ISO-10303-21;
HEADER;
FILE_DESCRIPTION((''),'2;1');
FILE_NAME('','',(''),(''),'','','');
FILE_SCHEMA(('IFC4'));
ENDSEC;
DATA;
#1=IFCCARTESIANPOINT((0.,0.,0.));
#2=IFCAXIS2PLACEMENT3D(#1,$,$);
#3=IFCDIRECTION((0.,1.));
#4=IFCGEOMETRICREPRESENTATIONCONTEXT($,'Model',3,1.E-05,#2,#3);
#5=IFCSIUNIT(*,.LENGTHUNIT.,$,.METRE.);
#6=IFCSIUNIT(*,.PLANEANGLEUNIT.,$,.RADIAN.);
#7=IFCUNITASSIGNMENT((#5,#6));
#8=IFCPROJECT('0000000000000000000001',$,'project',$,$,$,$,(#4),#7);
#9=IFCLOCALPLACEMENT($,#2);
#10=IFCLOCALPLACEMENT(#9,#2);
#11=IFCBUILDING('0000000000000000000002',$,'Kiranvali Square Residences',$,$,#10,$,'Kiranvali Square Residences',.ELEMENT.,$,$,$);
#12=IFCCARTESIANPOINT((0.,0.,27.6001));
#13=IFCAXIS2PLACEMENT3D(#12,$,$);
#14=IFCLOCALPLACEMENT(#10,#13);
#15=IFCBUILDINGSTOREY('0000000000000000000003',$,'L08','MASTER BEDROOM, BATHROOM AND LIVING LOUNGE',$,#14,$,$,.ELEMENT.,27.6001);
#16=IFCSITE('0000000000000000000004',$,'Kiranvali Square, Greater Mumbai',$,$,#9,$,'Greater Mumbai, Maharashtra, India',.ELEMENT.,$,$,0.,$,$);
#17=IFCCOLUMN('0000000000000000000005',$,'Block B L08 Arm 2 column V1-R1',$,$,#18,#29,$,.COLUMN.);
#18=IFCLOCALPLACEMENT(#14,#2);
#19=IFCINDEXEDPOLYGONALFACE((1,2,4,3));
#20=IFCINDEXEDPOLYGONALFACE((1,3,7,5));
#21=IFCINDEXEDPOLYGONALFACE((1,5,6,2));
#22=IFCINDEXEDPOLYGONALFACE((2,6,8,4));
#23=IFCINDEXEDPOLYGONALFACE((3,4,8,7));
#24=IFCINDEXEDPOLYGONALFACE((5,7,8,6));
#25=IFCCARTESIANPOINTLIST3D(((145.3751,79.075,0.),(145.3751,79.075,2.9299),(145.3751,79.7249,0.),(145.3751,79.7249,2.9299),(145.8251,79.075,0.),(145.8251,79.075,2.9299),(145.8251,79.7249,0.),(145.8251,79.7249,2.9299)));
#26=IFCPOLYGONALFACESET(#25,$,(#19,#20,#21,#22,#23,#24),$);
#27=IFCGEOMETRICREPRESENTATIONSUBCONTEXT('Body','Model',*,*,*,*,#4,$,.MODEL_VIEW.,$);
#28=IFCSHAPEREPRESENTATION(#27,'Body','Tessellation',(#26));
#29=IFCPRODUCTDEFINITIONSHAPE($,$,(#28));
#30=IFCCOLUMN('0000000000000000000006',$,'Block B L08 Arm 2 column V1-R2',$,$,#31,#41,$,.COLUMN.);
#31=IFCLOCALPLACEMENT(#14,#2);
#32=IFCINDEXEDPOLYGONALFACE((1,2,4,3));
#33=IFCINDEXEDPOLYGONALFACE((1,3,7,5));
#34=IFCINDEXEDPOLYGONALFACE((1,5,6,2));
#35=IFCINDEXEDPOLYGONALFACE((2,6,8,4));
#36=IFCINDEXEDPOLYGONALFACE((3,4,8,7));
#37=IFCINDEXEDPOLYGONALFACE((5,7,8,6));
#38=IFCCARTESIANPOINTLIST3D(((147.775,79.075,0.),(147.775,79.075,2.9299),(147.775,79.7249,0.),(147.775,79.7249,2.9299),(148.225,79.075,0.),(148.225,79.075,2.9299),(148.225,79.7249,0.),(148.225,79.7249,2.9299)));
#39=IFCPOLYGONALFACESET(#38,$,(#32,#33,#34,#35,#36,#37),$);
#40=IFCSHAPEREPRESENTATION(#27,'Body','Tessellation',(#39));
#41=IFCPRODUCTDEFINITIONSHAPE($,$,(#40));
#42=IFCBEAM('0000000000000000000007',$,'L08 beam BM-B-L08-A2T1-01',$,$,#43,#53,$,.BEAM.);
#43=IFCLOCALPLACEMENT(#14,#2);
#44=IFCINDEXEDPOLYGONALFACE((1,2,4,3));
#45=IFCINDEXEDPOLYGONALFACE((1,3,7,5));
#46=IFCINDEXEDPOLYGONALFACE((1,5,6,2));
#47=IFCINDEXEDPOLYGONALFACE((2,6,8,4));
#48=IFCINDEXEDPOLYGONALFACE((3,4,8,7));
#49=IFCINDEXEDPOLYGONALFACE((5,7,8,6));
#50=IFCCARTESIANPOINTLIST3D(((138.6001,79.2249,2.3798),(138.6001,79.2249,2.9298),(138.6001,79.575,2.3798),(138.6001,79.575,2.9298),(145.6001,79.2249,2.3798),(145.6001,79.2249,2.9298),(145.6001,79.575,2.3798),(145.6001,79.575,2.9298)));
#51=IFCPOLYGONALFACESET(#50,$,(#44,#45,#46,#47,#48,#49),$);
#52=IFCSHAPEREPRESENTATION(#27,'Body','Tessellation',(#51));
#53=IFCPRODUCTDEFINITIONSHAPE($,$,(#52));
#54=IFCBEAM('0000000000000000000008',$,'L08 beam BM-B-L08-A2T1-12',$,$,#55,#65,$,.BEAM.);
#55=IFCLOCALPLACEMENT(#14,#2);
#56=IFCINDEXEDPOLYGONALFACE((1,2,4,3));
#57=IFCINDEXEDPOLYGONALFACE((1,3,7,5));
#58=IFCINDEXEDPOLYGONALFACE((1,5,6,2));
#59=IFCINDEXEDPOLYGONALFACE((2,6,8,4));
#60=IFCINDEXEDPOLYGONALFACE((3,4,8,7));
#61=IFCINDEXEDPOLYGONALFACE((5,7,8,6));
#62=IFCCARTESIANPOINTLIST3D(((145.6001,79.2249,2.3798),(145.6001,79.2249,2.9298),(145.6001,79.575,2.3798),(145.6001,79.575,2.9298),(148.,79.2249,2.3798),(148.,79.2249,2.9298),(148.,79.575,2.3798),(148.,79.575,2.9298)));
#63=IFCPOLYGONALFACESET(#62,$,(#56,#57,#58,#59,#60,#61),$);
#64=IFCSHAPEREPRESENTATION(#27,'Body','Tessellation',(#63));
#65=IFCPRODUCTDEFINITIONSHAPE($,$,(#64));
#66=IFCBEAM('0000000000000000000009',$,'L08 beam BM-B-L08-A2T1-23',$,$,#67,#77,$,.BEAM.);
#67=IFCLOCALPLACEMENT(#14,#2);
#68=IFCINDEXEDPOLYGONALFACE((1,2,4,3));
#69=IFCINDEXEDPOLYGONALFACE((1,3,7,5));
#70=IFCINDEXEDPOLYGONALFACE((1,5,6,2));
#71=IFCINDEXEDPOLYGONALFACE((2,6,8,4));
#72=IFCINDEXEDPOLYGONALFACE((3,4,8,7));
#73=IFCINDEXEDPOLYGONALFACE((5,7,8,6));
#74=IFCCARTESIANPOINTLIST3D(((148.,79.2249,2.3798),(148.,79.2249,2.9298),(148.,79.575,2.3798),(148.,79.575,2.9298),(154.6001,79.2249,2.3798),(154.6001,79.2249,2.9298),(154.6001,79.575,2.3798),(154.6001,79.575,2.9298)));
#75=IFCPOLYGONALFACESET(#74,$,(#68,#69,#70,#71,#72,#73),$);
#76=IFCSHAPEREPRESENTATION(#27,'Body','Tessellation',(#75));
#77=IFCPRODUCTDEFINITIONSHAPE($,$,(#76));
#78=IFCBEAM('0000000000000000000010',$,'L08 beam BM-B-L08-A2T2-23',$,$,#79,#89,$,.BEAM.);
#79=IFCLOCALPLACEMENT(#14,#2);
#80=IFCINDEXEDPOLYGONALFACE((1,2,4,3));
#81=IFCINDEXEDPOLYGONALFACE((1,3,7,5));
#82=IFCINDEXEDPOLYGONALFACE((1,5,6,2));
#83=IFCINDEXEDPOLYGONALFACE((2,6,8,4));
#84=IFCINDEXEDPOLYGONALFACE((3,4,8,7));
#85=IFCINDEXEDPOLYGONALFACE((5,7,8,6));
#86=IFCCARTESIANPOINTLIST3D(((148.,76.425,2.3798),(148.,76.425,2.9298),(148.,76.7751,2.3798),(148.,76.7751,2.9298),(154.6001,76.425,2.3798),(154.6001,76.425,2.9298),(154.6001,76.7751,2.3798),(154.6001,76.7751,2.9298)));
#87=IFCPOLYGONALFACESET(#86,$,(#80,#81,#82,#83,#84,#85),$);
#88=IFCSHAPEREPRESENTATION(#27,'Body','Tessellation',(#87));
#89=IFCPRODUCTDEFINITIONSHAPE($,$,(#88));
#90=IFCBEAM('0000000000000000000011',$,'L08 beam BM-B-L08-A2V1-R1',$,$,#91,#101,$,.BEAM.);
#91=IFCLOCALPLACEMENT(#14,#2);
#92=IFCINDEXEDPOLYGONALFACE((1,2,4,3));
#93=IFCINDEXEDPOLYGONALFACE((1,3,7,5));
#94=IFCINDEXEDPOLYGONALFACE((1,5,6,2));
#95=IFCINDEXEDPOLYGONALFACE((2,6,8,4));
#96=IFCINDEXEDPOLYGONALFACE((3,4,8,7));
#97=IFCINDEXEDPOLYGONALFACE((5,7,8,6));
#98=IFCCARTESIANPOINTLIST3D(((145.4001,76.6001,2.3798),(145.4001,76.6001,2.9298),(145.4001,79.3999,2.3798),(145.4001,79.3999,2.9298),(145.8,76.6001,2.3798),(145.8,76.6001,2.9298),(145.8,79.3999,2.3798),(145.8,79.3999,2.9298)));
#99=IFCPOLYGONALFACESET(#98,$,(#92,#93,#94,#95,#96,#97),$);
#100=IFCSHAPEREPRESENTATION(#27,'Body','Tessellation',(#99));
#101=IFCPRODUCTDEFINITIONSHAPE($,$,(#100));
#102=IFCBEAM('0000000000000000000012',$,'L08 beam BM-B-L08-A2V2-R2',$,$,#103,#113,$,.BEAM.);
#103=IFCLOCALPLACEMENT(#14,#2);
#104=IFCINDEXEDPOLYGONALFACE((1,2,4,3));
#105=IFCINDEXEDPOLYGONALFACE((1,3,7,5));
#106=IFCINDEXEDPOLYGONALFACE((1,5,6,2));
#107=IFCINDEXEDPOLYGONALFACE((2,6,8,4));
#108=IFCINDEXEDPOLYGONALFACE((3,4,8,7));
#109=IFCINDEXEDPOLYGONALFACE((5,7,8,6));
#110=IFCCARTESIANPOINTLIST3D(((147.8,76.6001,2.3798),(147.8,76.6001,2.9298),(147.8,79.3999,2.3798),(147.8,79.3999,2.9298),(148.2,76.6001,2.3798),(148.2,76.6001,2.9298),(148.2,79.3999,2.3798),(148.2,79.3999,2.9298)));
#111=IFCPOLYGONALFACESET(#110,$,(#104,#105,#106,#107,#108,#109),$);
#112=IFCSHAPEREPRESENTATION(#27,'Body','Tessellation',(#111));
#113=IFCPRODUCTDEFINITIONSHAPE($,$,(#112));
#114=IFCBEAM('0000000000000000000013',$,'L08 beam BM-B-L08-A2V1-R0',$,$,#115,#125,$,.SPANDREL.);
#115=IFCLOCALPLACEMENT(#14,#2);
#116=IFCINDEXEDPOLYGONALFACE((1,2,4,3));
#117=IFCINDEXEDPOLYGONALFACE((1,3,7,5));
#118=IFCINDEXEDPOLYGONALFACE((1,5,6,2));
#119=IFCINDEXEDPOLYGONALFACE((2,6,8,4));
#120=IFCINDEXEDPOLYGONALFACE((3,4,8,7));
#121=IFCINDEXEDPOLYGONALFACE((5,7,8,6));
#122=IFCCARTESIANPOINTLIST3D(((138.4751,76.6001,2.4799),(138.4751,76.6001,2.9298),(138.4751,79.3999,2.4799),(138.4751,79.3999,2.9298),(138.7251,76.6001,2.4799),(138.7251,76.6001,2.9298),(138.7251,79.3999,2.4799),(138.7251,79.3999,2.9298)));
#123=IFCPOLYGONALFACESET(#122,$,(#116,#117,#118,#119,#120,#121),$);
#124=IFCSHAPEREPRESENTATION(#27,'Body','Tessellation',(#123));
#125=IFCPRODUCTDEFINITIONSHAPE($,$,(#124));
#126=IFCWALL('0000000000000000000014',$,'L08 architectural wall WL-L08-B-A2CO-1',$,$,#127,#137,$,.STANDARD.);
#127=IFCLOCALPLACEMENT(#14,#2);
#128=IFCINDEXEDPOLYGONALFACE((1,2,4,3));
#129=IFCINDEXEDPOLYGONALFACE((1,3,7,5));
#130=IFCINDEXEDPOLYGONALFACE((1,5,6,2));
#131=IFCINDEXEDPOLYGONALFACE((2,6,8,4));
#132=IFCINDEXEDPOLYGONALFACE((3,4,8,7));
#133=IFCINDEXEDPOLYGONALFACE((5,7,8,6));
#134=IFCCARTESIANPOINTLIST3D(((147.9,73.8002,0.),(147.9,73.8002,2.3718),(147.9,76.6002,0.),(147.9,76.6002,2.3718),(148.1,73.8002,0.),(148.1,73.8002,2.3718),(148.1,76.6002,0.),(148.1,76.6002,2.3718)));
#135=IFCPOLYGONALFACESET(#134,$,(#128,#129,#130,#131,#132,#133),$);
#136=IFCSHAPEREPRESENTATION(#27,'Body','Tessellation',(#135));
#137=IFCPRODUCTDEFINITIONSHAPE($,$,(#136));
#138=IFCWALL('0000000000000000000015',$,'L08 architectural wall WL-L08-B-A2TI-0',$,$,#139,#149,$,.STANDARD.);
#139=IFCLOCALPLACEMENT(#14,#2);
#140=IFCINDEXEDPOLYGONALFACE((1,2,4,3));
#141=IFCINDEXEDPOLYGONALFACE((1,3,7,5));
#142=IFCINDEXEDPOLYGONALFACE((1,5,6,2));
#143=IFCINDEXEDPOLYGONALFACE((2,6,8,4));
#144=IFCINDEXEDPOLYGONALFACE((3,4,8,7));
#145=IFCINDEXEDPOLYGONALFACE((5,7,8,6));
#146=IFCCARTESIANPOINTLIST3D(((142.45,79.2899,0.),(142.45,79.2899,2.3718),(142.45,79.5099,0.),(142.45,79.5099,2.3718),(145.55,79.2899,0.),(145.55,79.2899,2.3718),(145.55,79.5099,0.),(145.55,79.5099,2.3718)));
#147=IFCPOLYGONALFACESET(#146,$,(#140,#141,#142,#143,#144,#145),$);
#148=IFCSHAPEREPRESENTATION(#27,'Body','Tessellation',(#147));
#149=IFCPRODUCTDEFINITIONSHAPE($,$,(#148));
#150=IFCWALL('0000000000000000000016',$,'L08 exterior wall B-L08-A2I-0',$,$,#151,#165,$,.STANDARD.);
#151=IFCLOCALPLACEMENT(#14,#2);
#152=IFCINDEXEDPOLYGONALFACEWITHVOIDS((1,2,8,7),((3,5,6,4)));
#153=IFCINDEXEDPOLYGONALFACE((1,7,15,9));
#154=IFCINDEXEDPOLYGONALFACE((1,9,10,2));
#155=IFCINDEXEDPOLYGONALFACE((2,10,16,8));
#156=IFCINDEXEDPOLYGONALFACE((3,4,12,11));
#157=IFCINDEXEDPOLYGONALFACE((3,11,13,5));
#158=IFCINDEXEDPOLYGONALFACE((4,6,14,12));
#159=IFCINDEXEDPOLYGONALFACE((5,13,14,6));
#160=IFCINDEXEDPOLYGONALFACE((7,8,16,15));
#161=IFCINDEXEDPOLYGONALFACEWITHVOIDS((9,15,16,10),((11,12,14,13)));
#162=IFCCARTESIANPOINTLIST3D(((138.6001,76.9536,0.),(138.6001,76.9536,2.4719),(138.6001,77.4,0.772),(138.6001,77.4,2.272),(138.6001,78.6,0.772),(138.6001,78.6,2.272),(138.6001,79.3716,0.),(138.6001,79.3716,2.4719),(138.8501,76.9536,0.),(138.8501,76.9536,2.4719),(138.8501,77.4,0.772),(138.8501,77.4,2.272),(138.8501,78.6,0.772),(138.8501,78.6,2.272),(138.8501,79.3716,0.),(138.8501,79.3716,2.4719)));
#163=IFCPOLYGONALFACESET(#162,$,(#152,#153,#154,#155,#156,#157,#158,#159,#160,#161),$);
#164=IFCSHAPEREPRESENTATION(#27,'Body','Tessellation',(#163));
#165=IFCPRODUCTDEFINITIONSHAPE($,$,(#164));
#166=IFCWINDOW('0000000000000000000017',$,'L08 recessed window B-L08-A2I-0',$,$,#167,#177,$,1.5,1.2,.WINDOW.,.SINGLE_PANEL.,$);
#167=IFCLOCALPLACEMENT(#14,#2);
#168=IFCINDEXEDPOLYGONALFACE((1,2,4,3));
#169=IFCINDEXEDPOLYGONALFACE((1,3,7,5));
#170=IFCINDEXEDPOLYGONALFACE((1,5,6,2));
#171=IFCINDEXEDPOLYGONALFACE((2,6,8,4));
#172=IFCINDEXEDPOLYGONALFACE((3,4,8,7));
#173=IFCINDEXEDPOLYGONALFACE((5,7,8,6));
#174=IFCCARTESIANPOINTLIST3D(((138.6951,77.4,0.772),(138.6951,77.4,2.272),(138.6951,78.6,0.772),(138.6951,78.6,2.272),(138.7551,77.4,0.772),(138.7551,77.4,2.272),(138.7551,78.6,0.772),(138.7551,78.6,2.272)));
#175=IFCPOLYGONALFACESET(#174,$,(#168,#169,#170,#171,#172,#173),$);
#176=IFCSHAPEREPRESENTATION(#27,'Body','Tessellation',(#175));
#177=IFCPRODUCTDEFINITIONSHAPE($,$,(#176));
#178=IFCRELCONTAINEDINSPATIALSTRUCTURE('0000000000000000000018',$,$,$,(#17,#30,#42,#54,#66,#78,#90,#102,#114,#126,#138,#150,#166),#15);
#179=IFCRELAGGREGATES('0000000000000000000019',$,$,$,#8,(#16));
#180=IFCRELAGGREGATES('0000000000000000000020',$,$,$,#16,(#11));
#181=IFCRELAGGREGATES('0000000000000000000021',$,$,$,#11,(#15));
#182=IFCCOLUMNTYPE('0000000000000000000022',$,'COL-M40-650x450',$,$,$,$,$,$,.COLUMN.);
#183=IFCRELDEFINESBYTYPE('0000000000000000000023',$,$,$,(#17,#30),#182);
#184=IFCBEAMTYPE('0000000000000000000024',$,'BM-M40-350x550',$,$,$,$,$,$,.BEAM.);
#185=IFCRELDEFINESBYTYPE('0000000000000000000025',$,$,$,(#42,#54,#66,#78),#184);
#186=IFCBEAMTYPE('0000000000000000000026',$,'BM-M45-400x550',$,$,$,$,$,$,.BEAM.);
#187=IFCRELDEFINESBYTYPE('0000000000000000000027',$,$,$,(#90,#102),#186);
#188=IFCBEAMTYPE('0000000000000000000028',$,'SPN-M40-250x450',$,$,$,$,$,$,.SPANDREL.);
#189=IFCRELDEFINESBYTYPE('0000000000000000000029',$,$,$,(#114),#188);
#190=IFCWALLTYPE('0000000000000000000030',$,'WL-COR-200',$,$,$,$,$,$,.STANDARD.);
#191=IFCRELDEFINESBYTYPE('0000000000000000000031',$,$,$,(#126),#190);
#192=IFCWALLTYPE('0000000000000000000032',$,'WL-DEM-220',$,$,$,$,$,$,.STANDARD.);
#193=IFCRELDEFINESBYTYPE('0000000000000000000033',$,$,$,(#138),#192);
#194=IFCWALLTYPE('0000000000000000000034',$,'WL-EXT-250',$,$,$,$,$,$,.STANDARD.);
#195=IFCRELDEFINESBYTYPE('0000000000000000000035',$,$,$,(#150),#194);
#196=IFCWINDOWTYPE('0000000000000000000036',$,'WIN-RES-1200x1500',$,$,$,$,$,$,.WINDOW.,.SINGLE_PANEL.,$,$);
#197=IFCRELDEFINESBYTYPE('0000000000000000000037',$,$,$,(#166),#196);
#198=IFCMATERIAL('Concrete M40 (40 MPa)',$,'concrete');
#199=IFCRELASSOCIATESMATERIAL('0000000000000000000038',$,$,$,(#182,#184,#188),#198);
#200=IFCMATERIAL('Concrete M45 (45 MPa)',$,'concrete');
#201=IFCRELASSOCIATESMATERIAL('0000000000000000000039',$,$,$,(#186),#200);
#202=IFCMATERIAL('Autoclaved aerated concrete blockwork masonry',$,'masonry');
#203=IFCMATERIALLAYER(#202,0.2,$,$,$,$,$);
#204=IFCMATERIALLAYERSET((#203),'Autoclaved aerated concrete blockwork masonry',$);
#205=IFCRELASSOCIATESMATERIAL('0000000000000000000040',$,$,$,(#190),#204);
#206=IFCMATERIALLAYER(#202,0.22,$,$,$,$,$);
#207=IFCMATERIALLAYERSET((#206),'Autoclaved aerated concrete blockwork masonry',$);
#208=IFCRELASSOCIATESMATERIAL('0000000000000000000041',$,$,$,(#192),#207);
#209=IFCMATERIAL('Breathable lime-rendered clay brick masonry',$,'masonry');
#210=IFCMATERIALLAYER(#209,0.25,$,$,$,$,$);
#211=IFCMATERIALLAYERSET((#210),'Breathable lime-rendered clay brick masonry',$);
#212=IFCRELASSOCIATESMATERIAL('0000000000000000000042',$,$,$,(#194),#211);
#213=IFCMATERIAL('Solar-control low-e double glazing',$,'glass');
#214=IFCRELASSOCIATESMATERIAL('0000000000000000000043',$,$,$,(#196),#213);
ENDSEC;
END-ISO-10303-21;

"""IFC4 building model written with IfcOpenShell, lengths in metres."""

from ifc_helpers import new_model, si_unit, direction, frame, frame_2d, origin, origin_2d, place, context, subcontext, project, spatial, rectangle, extrude, material, layer, layer_set, material_profile, profile_set, type_object, element, fill, save


model = new_model("IFC4")

# Units and contexts
model_context = context("Model", 3, precision=1e-05, world=origin(), true_north=direction((0.0, 1.0)))
body_context = subcontext(model_context, "Body", "Model", "MODEL_VIEW")
ifc_project = project(units=[si_unit("LENGTHUNIT", "METRE"), si_unit("PLANEANGLEUNIT", "RADIAN")], contexts=[model_context])

# Site, building, storey
site_placement = place(None, origin())
site = spatial("IfcSite", under=ifc_project, at=site_placement, Name="Kiranvali Square, Greater Mumbai", LongName="Greater Mumbai, Maharashtra, India", CompositionType="ELEMENT", RefElevation=0.0)
building_placement = place(site_placement, origin())
building = spatial("IfcBuilding", under=site, at=building_placement, Name="Kiranvali Square Residences", LongName="Kiranvali Square Residences", CompositionType="ELEMENT")
storey_placement = place(building_placement, frame((0.0, 0.0, 27.6001)))
storey = spatial("IfcBuildingStorey", under=building, at=storey_placement, Name="L08", Description="MASTER BEDROOM, BATHROOM AND LIVING LOUNGE", CompositionType="ELEMENT", Elevation=27.6001)

# Columns
ifc_material_1 = material(Name="Concrete M40 (40 MPa)", Category="concrete")
ifc_material_profile_1 = material_profile(ifc_material_1, rectangle(XDim=0.45, YDim=0.6499, at=origin_2d()), Name="RC 650x450")
ifc_profile_set_1 = profile_set([ifc_material_profile_1], Name="Concrete M40 (40 MPa)")
column_type = type_object("IfcColumnType", Name="COL-M40-650x450", PredefinedType="COLUMN", material=ifc_profile_set_1)
for number, where, z_axis, x_axis, name in (
    (1, (145.6001, 79.3999, 0.0), (0.0, 0.0, 1.0), (1.0, 0.0, 0.0), "Block B L08 Arm 2 column V1-R1"),
    (2, (148.0, 79.3999, 0.0), (0.0, 0.0, 1.0), (1.0, 0.0, 0.0), "Block B L08 Arm 2 column V1-R2"),
):
    element("IfcColumn", number, at=place(storey_placement, frame(where, z_axis=z_axis, x_axis=x_axis)), inside=storey, type_object=column_type, Name=name, PredefinedType="COLUMN", context=body_context, shape_type="SweptSolid", body=[
        extrude(rectangle(XDim=0.45, YDim=0.6499, at=origin_2d()), origin(), (0.0, 0.0, 1.0), 2.9299),
    ])

# Beams
ifc_material_profile_2 = material_profile(ifc_material_1, rectangle(XDim=0.3501, YDim=0.55, at=origin_2d()), Name="RC 350x550")
ifc_profile_set_2 = profile_set([ifc_material_profile_2], Name="Concrete M40 (40 MPa)")
beam_type_1 = type_object("IfcBeamType", Name="BM-M40-350x550", PredefinedType="BEAM", material=ifc_profile_set_2)
beam_1_placement = place(storey_placement, frame((138.6001, 79.3999, 2.6548), z_axis=(1.0, 0.0, 0.0), x_axis=(0.0, 1.0, 0.0)))
element("IfcBeam", 3, at=beam_1_placement, inside=storey, type_object=beam_type_1, Name="L08 beam BM-B-L08-A2T1-01", PredefinedType="BEAM", context=body_context, shape_type="SweptSolid", body=[
    extrude(rectangle(XDim=0.3501, YDim=0.55, at=origin_2d()), origin(), (0.0, 0.0, 1.0), 7.0),
])
beam_2_placement = place(storey_placement, frame((145.6001, 79.3999, 2.6548), z_axis=(1.0, 0.0, 0.0), x_axis=(0.0, 1.0, 0.0)))
element("IfcBeam", 4, at=beam_2_placement, inside=storey, type_object=beam_type_1, Name="L08 beam BM-B-L08-A2T1-12", PredefinedType="BEAM", context=body_context, shape_type="SweptSolid", body=[
    extrude(rectangle(XDim=0.3501, YDim=0.55, at=origin_2d()), origin(), (0.0, 0.0, 1.0), 2.3999),
])
for number, where, z_axis, x_axis, name in (
    (5, (148.0, 79.3999, 2.6548), (1.0, 0.0, 0.0), (0.0, 1.0, 0.0), "L08 beam BM-B-L08-A2T1-23"),
    (6, (148.0, 76.6001, 2.6548), (1.0, 0.0, 0.0), (0.0, 1.0, 0.0), "L08 beam BM-B-L08-A2T2-23"),
):
    element("IfcBeam", number, at=place(storey_placement, frame(where, z_axis=z_axis, x_axis=x_axis)), inside=storey, type_object=beam_type_1, Name=name, PredefinedType="BEAM", context=body_context, shape_type="SweptSolid", body=[
        extrude(rectangle(XDim=0.3501, YDim=0.55, at=origin_2d()), origin(), (0.0, 0.0, 1.0), 6.6001),
    ])
ifc_material_2 = material(Name="Concrete M45 (45 MPa)", Category="concrete")
ifc_material_profile_3 = material_profile(ifc_material_2, rectangle(XDim=0.3999, YDim=0.55, at=origin_2d()), Name="RC 400x550")
ifc_profile_set_3 = profile_set([ifc_material_profile_3], Name="Concrete M45 (45 MPa)")
beam_type_2 = type_object("IfcBeamType", Name="BM-M45-400x550", PredefinedType="BEAM", material=ifc_profile_set_3)
for number, where, z_axis, x_axis, name in (
    (7, (145.6001, 79.3999, 2.6548), (0.0, -1.0, 0.0), (1.0, 0.0, 0.0), "L08 beam BM-B-L08-A2V1-R1"),
    (8, (148.0, 79.3999, 2.6548), (0.0, -1.0, 0.0), (1.0, 0.0, 0.0), "L08 beam BM-B-L08-A2V2-R2"),
):
    element("IfcBeam", number, at=place(storey_placement, frame(where, z_axis=z_axis, x_axis=x_axis)), inside=storey, type_object=beam_type_2, Name=name, PredefinedType="BEAM", context=body_context, shape_type="SweptSolid", body=[
        extrude(rectangle(XDim=0.3999, YDim=0.55, at=origin_2d()), origin(), (0.0, 0.0, 1.0), 2.7998),
    ])
ifc_material_profile_4 = material_profile(ifc_material_1, rectangle(XDim=0.25, YDim=0.45, at=origin_2d()), Name="RC 250x450")
ifc_profile_set_4 = profile_set([ifc_material_profile_4], Name="Concrete M40 (40 MPa)")
beam_type_3 = type_object("IfcBeamType", Name="SPN-M40-250x450", PredefinedType="SPANDREL", material=ifc_profile_set_4)
beam_3_placement = place(storey_placement, frame((138.6001, 79.3999, 2.7048), z_axis=(0.0, -1.0, 0.0), x_axis=(1.0, 0.0, 0.0)))
element("IfcBeam", 9, at=beam_3_placement, inside=storey, type_object=beam_type_3, Name="L08 beam BM-B-L08-A2V1-R0", PredefinedType="SPANDREL", context=body_context, shape_type="SweptSolid", body=[
    extrude(rectangle(XDim=0.25, YDim=0.45, at=origin_2d()), origin(), (0.0, 0.0, 1.0), 2.7998),
])

# Shared definitions
ifc_material_3 = material(Name="Autoclaved aerated concrete blockwork masonry", Category="masonry")
ifc_layer_1 = layer(ifc_material_3, 0.2)
ifc_layer_set_1 = layer_set([ifc_layer_1], Name="Autoclaved aerated concrete blockwork masonry")
wall_type_1 = type_object("IfcWallType", Name="WL-COR-200", PredefinedType="STANDARD", material=ifc_layer_set_1)

# Walls
wall_1_placement = place(storey_placement, frame((148.0, 76.6001, 0.0), z_axis=(0.0, 0.0, 1.0), x_axis=(0.0, -1.0, 0.0)))
element("IfcWall", 10, at=wall_1_placement, inside=storey, type_object=wall_type_1, Name="L08 architectural wall WL-L08-B-A2CO-1", PredefinedType="STANDARD", context=body_context, shape_type="SweptSolid", body=[
    extrude(rectangle(XDim=2.8, YDim=0.2, at=frame_2d((1.3999, 0.0))), origin(), (0.0, 0.0, 1.0), 2.3718),
])
ifc_layer_2 = layer(ifc_material_3, 0.22)
ifc_layer_set_2 = layer_set([ifc_layer_2], Name="Autoclaved aerated concrete blockwork masonry")
wall_type_2 = type_object("IfcWallType", Name="WL-DEM-220", PredefinedType="STANDARD", material=ifc_layer_set_2)
wall_2_placement = place(storey_placement, frame((142.45, 79.3999, 0.0), z_axis=(0.0, 0.0, 1.0), x_axis=(1.0, 0.0, 0.0)))
element("IfcWall", 11, at=wall_2_placement, inside=storey, type_object=wall_type_2, Name="L08 architectural wall WL-L08-B-A2TI-0", PredefinedType="STANDARD", context=body_context, shape_type="SweptSolid", body=[
    extrude(rectangle(XDim=3.1001, YDim=0.22, at=frame_2d((1.55, 0.0))), origin(), (0.0, 0.0, 1.0), 2.3718),
])

# Wall, opening, window
ifc_material_4 = material(Name="Breathable lime-rendered clay brick masonry", Category="masonry")
ifc_layer_3 = layer(ifc_material_4, 0.25)
ifc_layer_set_3 = layer_set([ifc_layer_3], Name="Breathable lime-rendered clay brick masonry")
wall_type_3 = type_object("IfcWallType", Name="WL-EXT-250", PredefinedType="STANDARD", material=ifc_layer_set_3)
wall_3_placement = place(storey_placement, frame((138.7251, 79.3716, 0.0), z_axis=(0.0, 0.0, 1.0), x_axis=(0.0, -1.0, 0.0)))
wall_3 = element("IfcWall", 12, at=wall_3_placement, inside=storey, type_object=wall_type_3, Name="L08 exterior wall B-L08-A2I-0", PredefinedType="STANDARD", context=body_context, shape_type="SweptSolid", body=[
    extrude(rectangle(XDim=2.418, YDim=0.25, at=frame_2d((1.209, 0.0))), origin(), (0.0, 0.0, 1.0), 2.4719),
])
opening_1_placement = place(wall_3_placement, frame((0.7715, 0.0, 0.772)))
opening_1 = element("IfcOpeningElement", 13, at=opening_1_placement, cuts=wall_3, PredefinedType="OPENING", context=body_context, shape_type="SweptSolid", body=[
    extrude(rectangle(XDim=1.2, YDim=1.5, at=frame_2d((0.6001, 0.75))), frame((0.0, 0.135, 0.0), z_axis=(0.0, -1.0, 0.0), x_axis=(1.0, 0.0, 0.0)), (0.0, 0.0, 1.0), 0.27),
])
ifc_material_5 = material(Name="Solar-control low-e double glazing", Category="glass")
window_type = type_object("IfcWindowType", Name="WIN-RES-1200x1500", PartitioningType="SINGLE_PANEL", PredefinedType="WINDOW", material=ifc_material_5)
window_placement = place(opening_1_placement, origin())
window = element("IfcWindow", 14, at=window_placement, inside=storey, type_object=window_type, Name="L08 recessed window B-L08-A2I-0", OverallHeight=1.5, OverallWidth=1.2, PartitioningType="SINGLE_PANEL", PredefinedType="WINDOW", context=body_context, shape_type="SweptSolid", body=[
    extrude(rectangle(XDim=1.2, YDim=1.5, at=frame_2d((0.6001, 0.75))), frame((0.0, 0.03, 0.0), z_axis=(0.0, -1.0, 0.0), x_axis=(1.0, 0.0, 0.0)), (0.0, 0.0, 1.0), 0.0601),
])
fill(opening_1, window)

save(model, "model.ifc")
